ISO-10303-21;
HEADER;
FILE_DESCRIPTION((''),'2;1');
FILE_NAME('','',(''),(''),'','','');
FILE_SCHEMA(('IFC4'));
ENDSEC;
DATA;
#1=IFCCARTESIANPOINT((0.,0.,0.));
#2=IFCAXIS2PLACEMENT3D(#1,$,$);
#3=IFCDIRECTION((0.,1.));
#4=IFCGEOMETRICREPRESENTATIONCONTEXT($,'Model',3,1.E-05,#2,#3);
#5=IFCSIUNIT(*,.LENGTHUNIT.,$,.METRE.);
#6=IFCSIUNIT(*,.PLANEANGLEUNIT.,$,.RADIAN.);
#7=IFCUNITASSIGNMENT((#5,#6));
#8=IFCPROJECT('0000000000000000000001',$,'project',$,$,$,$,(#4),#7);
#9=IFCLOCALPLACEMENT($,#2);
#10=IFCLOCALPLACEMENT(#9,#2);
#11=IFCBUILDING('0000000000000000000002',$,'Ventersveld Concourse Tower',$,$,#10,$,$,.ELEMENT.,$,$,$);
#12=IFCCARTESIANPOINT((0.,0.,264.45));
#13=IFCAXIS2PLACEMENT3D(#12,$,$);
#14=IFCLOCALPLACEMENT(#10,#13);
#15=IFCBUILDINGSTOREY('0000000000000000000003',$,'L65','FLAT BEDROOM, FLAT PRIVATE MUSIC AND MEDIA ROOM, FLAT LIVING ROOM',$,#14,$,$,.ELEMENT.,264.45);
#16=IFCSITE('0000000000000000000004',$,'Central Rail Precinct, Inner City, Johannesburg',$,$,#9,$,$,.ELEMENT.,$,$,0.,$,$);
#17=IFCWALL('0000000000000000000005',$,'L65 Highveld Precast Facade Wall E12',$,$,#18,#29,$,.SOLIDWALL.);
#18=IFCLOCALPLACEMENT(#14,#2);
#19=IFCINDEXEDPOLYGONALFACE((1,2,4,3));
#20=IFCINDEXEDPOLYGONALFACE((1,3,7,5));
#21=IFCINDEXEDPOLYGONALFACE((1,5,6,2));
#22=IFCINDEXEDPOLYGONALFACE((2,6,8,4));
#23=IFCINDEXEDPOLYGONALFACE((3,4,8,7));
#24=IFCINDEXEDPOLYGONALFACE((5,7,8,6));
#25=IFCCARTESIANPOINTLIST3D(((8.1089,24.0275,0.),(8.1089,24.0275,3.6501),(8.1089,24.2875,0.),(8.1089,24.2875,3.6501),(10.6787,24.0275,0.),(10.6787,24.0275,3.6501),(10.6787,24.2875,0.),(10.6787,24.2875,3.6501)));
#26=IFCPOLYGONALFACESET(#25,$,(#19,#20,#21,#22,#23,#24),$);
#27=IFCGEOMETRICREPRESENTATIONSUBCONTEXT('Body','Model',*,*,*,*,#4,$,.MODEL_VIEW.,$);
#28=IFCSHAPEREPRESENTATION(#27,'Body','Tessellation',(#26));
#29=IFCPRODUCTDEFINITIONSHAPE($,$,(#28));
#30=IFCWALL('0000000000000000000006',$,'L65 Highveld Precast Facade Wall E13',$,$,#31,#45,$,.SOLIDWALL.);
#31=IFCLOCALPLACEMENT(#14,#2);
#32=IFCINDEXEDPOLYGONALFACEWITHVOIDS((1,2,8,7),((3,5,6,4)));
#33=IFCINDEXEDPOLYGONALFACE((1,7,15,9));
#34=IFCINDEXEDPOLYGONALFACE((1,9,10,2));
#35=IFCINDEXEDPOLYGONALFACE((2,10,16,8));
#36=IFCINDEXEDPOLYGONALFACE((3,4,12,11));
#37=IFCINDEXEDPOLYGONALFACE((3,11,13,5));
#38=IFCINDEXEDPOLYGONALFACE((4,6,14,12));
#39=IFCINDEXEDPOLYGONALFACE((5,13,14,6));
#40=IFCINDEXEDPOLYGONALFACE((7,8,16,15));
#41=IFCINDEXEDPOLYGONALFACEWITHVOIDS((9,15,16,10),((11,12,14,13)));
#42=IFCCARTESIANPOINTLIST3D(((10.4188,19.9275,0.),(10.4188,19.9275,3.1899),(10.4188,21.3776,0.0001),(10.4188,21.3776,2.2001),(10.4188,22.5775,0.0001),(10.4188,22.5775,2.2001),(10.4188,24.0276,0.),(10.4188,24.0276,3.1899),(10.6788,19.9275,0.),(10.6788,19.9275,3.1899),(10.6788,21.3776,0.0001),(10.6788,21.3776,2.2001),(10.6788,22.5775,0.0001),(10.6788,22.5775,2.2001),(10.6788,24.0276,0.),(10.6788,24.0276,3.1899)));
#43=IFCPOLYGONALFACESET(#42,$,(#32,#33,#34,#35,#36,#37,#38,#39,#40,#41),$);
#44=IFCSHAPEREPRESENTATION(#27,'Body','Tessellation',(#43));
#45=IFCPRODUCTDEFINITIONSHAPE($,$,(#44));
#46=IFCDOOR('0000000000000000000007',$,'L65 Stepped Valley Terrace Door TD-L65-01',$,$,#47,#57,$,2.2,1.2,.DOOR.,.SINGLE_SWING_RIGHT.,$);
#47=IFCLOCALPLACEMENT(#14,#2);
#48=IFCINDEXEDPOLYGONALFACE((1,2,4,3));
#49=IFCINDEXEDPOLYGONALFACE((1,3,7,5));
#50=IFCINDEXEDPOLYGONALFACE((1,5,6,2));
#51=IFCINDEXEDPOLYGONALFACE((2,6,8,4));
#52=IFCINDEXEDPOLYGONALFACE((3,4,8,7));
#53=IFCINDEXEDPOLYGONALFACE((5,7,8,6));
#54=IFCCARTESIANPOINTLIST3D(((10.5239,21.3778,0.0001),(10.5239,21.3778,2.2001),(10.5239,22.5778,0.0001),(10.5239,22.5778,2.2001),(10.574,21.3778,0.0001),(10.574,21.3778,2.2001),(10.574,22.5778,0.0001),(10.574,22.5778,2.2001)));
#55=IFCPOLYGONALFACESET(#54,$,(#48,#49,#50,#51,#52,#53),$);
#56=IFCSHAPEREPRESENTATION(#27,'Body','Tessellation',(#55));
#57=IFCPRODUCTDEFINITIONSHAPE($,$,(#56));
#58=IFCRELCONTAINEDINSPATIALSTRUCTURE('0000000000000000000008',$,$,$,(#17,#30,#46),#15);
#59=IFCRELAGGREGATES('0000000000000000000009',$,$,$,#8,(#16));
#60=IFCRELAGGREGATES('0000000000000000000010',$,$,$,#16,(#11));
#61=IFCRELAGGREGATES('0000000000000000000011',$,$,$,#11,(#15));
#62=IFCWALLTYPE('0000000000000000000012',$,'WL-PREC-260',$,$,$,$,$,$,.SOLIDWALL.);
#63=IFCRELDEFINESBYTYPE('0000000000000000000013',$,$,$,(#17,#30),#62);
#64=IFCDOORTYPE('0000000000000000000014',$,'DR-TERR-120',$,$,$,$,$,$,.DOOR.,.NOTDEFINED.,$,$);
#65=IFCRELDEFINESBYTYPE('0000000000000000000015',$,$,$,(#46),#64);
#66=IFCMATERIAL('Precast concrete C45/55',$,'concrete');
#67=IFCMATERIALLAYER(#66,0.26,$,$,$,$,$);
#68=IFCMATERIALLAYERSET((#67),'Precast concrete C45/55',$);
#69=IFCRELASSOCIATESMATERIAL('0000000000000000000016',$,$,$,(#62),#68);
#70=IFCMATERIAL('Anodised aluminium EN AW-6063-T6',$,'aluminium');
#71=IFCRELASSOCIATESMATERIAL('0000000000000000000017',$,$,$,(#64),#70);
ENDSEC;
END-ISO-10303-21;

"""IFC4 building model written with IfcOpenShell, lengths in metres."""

from ifc_helpers import new_model, si_unit, direction, frame, frame_2d, origin, place, context, subcontext, project, spatial, rectangle, extrude, material, layer, layer_set, type_object, element, fill, save


model = new_model("IFC4")

# Units and contexts
model_context = context("Model", 3, precision=1e-05, world=origin(), true_north=direction((0.0, 1.0)))
body_context = subcontext(model_context, "Body", "Model", "MODEL_VIEW")
ifc_project = project(units=[si_unit("LENGTHUNIT", "METRE"), si_unit("PLANEANGLEUNIT", "RADIAN")], contexts=[model_context])

# Site, building, storey
site_placement = place(None, origin())
site = spatial("IfcSite", under=ifc_project, at=site_placement, Name="Central Rail Precinct, Inner City, Johannesburg", CompositionType="ELEMENT", RefElevation=0.0)
building_placement = place(site_placement, origin())
building = spatial("IfcBuilding", under=site, at=building_placement, Name="Ventersveld Concourse Tower", CompositionType="ELEMENT")
storey_placement = place(building_placement, frame((0.0, 0.0, 264.45)))
storey = spatial("IfcBuildingStorey", under=building, at=storey_placement, Name="L65", Description="FLAT BEDROOM, FLAT PRIVATE MUSIC AND MEDIA ROOM, FLAT LIVING ROOM", CompositionType="ELEMENT", Elevation=264.45)

# Shared definitions
ifc_material_1 = material(Name="Precast concrete C45/55", Category="concrete")
ifc_layer_1 = layer(ifc_material_1, 0.26)
ifc_layer_set_1 = layer_set([ifc_layer_1], Name="Precast concrete C45/55")
wall_type_1 = type_object("IfcWallType", Name="WL-PREC-260", PredefinedType="SOLIDWALL", material=ifc_layer_set_1)

# Wall
wall_1_placement = place(storey_placement, frame((8.1089, 24.1575, 0.0), z_axis=(0.0, 0.0, 1.0), x_axis=(1.0, 0.0, 0.0)))
element("IfcWall", 1, at=wall_1_placement, inside=storey, type_object=wall_type_1, Name="L65 Highveld Precast Facade Wall E12", PredefinedType="SOLIDWALL", context=body_context, shape_type="SweptSolid", body=[
    extrude(rectangle(XDim=2.5698, YDim=0.26, at=frame_2d((1.2849, 0.0))), origin(), (0.0, 0.0, 1.0), 3.6501),
])

# Wall, opening, door
wall_2_placement = place(storey_placement, frame((10.5488, 24.0276, 0.0), z_axis=(0.0, 0.0, 1.0), x_axis=(0.0, -1.0, 0.0)))
wall_2 = element("IfcWall", 2, at=wall_2_placement, inside=storey, type_object=wall_type_1, Name="L65 Highveld Precast Facade Wall E13", PredefinedType="SOLIDWALL", context=body_context, shape_type="SweptSolid", body=[
    extrude(rectangle(XDim=4.1001, YDim=0.26, at=frame_2d((2.05, 0.0))), origin(), (0.0, 0.0, 1.0), 3.1899),
])
opening_1_placement = place(wall_2_placement, frame((1.45, 0.0, 0.0)))
opening_1 = element("IfcOpeningElement", 3, at=opening_1_placement, cuts=wall_2, PredefinedType="OPENING", context=body_context, shape_type="SweptSolid", body=[
    extrude(rectangle(XDim=1.2, YDim=2.2, at=frame_2d((0.6001, 1.1001))), frame((0.0, 0.1401, 0.0), z_axis=(0.0, -1.0, 0.0), x_axis=(1.0, 0.0, 0.0)), (0.0, 0.0, 1.0), 0.28),
])
ifc_material_2 = material(Name="Anodised aluminium EN AW-6063-T6", Category="aluminium")
door_type_1 = type_object("IfcDoorType", Name="DR-TERR-120", OperationType="NOTDEFINED", PredefinedType="DOOR", material=ifc_material_2)
door_1_placement = place(opening_1_placement, frame((1.2, 0.0, 0.0), z_axis=(0.0, 0.0, 1.0), x_axis=(-1.0, 0.0, 0.0)))
door_1 = element("IfcDoor", 4, at=door_1_placement, inside=storey, type_object=door_type_1, Name="L65 Stepped Valley Terrace Door TD-L65-01", OperationType="SINGLE_SWING_RIGHT", OverallHeight=2.2, OverallWidth=1.2, PredefinedType="DOOR", context=body_context, shape_type="SweptSolid", body=[
    extrude(rectangle(XDim=1.2, YDim=2.2, at=frame_2d((0.6001, 1.1001))), frame((0.0, 0.0249, 0.0), z_axis=(0.0, -1.0, 0.0), x_axis=(1.0, 0.0, 0.0)), (0.0, 0.0, 1.0), 0.05),
])
fill(opening_1, door_1)

save(model, "model.ifc")
